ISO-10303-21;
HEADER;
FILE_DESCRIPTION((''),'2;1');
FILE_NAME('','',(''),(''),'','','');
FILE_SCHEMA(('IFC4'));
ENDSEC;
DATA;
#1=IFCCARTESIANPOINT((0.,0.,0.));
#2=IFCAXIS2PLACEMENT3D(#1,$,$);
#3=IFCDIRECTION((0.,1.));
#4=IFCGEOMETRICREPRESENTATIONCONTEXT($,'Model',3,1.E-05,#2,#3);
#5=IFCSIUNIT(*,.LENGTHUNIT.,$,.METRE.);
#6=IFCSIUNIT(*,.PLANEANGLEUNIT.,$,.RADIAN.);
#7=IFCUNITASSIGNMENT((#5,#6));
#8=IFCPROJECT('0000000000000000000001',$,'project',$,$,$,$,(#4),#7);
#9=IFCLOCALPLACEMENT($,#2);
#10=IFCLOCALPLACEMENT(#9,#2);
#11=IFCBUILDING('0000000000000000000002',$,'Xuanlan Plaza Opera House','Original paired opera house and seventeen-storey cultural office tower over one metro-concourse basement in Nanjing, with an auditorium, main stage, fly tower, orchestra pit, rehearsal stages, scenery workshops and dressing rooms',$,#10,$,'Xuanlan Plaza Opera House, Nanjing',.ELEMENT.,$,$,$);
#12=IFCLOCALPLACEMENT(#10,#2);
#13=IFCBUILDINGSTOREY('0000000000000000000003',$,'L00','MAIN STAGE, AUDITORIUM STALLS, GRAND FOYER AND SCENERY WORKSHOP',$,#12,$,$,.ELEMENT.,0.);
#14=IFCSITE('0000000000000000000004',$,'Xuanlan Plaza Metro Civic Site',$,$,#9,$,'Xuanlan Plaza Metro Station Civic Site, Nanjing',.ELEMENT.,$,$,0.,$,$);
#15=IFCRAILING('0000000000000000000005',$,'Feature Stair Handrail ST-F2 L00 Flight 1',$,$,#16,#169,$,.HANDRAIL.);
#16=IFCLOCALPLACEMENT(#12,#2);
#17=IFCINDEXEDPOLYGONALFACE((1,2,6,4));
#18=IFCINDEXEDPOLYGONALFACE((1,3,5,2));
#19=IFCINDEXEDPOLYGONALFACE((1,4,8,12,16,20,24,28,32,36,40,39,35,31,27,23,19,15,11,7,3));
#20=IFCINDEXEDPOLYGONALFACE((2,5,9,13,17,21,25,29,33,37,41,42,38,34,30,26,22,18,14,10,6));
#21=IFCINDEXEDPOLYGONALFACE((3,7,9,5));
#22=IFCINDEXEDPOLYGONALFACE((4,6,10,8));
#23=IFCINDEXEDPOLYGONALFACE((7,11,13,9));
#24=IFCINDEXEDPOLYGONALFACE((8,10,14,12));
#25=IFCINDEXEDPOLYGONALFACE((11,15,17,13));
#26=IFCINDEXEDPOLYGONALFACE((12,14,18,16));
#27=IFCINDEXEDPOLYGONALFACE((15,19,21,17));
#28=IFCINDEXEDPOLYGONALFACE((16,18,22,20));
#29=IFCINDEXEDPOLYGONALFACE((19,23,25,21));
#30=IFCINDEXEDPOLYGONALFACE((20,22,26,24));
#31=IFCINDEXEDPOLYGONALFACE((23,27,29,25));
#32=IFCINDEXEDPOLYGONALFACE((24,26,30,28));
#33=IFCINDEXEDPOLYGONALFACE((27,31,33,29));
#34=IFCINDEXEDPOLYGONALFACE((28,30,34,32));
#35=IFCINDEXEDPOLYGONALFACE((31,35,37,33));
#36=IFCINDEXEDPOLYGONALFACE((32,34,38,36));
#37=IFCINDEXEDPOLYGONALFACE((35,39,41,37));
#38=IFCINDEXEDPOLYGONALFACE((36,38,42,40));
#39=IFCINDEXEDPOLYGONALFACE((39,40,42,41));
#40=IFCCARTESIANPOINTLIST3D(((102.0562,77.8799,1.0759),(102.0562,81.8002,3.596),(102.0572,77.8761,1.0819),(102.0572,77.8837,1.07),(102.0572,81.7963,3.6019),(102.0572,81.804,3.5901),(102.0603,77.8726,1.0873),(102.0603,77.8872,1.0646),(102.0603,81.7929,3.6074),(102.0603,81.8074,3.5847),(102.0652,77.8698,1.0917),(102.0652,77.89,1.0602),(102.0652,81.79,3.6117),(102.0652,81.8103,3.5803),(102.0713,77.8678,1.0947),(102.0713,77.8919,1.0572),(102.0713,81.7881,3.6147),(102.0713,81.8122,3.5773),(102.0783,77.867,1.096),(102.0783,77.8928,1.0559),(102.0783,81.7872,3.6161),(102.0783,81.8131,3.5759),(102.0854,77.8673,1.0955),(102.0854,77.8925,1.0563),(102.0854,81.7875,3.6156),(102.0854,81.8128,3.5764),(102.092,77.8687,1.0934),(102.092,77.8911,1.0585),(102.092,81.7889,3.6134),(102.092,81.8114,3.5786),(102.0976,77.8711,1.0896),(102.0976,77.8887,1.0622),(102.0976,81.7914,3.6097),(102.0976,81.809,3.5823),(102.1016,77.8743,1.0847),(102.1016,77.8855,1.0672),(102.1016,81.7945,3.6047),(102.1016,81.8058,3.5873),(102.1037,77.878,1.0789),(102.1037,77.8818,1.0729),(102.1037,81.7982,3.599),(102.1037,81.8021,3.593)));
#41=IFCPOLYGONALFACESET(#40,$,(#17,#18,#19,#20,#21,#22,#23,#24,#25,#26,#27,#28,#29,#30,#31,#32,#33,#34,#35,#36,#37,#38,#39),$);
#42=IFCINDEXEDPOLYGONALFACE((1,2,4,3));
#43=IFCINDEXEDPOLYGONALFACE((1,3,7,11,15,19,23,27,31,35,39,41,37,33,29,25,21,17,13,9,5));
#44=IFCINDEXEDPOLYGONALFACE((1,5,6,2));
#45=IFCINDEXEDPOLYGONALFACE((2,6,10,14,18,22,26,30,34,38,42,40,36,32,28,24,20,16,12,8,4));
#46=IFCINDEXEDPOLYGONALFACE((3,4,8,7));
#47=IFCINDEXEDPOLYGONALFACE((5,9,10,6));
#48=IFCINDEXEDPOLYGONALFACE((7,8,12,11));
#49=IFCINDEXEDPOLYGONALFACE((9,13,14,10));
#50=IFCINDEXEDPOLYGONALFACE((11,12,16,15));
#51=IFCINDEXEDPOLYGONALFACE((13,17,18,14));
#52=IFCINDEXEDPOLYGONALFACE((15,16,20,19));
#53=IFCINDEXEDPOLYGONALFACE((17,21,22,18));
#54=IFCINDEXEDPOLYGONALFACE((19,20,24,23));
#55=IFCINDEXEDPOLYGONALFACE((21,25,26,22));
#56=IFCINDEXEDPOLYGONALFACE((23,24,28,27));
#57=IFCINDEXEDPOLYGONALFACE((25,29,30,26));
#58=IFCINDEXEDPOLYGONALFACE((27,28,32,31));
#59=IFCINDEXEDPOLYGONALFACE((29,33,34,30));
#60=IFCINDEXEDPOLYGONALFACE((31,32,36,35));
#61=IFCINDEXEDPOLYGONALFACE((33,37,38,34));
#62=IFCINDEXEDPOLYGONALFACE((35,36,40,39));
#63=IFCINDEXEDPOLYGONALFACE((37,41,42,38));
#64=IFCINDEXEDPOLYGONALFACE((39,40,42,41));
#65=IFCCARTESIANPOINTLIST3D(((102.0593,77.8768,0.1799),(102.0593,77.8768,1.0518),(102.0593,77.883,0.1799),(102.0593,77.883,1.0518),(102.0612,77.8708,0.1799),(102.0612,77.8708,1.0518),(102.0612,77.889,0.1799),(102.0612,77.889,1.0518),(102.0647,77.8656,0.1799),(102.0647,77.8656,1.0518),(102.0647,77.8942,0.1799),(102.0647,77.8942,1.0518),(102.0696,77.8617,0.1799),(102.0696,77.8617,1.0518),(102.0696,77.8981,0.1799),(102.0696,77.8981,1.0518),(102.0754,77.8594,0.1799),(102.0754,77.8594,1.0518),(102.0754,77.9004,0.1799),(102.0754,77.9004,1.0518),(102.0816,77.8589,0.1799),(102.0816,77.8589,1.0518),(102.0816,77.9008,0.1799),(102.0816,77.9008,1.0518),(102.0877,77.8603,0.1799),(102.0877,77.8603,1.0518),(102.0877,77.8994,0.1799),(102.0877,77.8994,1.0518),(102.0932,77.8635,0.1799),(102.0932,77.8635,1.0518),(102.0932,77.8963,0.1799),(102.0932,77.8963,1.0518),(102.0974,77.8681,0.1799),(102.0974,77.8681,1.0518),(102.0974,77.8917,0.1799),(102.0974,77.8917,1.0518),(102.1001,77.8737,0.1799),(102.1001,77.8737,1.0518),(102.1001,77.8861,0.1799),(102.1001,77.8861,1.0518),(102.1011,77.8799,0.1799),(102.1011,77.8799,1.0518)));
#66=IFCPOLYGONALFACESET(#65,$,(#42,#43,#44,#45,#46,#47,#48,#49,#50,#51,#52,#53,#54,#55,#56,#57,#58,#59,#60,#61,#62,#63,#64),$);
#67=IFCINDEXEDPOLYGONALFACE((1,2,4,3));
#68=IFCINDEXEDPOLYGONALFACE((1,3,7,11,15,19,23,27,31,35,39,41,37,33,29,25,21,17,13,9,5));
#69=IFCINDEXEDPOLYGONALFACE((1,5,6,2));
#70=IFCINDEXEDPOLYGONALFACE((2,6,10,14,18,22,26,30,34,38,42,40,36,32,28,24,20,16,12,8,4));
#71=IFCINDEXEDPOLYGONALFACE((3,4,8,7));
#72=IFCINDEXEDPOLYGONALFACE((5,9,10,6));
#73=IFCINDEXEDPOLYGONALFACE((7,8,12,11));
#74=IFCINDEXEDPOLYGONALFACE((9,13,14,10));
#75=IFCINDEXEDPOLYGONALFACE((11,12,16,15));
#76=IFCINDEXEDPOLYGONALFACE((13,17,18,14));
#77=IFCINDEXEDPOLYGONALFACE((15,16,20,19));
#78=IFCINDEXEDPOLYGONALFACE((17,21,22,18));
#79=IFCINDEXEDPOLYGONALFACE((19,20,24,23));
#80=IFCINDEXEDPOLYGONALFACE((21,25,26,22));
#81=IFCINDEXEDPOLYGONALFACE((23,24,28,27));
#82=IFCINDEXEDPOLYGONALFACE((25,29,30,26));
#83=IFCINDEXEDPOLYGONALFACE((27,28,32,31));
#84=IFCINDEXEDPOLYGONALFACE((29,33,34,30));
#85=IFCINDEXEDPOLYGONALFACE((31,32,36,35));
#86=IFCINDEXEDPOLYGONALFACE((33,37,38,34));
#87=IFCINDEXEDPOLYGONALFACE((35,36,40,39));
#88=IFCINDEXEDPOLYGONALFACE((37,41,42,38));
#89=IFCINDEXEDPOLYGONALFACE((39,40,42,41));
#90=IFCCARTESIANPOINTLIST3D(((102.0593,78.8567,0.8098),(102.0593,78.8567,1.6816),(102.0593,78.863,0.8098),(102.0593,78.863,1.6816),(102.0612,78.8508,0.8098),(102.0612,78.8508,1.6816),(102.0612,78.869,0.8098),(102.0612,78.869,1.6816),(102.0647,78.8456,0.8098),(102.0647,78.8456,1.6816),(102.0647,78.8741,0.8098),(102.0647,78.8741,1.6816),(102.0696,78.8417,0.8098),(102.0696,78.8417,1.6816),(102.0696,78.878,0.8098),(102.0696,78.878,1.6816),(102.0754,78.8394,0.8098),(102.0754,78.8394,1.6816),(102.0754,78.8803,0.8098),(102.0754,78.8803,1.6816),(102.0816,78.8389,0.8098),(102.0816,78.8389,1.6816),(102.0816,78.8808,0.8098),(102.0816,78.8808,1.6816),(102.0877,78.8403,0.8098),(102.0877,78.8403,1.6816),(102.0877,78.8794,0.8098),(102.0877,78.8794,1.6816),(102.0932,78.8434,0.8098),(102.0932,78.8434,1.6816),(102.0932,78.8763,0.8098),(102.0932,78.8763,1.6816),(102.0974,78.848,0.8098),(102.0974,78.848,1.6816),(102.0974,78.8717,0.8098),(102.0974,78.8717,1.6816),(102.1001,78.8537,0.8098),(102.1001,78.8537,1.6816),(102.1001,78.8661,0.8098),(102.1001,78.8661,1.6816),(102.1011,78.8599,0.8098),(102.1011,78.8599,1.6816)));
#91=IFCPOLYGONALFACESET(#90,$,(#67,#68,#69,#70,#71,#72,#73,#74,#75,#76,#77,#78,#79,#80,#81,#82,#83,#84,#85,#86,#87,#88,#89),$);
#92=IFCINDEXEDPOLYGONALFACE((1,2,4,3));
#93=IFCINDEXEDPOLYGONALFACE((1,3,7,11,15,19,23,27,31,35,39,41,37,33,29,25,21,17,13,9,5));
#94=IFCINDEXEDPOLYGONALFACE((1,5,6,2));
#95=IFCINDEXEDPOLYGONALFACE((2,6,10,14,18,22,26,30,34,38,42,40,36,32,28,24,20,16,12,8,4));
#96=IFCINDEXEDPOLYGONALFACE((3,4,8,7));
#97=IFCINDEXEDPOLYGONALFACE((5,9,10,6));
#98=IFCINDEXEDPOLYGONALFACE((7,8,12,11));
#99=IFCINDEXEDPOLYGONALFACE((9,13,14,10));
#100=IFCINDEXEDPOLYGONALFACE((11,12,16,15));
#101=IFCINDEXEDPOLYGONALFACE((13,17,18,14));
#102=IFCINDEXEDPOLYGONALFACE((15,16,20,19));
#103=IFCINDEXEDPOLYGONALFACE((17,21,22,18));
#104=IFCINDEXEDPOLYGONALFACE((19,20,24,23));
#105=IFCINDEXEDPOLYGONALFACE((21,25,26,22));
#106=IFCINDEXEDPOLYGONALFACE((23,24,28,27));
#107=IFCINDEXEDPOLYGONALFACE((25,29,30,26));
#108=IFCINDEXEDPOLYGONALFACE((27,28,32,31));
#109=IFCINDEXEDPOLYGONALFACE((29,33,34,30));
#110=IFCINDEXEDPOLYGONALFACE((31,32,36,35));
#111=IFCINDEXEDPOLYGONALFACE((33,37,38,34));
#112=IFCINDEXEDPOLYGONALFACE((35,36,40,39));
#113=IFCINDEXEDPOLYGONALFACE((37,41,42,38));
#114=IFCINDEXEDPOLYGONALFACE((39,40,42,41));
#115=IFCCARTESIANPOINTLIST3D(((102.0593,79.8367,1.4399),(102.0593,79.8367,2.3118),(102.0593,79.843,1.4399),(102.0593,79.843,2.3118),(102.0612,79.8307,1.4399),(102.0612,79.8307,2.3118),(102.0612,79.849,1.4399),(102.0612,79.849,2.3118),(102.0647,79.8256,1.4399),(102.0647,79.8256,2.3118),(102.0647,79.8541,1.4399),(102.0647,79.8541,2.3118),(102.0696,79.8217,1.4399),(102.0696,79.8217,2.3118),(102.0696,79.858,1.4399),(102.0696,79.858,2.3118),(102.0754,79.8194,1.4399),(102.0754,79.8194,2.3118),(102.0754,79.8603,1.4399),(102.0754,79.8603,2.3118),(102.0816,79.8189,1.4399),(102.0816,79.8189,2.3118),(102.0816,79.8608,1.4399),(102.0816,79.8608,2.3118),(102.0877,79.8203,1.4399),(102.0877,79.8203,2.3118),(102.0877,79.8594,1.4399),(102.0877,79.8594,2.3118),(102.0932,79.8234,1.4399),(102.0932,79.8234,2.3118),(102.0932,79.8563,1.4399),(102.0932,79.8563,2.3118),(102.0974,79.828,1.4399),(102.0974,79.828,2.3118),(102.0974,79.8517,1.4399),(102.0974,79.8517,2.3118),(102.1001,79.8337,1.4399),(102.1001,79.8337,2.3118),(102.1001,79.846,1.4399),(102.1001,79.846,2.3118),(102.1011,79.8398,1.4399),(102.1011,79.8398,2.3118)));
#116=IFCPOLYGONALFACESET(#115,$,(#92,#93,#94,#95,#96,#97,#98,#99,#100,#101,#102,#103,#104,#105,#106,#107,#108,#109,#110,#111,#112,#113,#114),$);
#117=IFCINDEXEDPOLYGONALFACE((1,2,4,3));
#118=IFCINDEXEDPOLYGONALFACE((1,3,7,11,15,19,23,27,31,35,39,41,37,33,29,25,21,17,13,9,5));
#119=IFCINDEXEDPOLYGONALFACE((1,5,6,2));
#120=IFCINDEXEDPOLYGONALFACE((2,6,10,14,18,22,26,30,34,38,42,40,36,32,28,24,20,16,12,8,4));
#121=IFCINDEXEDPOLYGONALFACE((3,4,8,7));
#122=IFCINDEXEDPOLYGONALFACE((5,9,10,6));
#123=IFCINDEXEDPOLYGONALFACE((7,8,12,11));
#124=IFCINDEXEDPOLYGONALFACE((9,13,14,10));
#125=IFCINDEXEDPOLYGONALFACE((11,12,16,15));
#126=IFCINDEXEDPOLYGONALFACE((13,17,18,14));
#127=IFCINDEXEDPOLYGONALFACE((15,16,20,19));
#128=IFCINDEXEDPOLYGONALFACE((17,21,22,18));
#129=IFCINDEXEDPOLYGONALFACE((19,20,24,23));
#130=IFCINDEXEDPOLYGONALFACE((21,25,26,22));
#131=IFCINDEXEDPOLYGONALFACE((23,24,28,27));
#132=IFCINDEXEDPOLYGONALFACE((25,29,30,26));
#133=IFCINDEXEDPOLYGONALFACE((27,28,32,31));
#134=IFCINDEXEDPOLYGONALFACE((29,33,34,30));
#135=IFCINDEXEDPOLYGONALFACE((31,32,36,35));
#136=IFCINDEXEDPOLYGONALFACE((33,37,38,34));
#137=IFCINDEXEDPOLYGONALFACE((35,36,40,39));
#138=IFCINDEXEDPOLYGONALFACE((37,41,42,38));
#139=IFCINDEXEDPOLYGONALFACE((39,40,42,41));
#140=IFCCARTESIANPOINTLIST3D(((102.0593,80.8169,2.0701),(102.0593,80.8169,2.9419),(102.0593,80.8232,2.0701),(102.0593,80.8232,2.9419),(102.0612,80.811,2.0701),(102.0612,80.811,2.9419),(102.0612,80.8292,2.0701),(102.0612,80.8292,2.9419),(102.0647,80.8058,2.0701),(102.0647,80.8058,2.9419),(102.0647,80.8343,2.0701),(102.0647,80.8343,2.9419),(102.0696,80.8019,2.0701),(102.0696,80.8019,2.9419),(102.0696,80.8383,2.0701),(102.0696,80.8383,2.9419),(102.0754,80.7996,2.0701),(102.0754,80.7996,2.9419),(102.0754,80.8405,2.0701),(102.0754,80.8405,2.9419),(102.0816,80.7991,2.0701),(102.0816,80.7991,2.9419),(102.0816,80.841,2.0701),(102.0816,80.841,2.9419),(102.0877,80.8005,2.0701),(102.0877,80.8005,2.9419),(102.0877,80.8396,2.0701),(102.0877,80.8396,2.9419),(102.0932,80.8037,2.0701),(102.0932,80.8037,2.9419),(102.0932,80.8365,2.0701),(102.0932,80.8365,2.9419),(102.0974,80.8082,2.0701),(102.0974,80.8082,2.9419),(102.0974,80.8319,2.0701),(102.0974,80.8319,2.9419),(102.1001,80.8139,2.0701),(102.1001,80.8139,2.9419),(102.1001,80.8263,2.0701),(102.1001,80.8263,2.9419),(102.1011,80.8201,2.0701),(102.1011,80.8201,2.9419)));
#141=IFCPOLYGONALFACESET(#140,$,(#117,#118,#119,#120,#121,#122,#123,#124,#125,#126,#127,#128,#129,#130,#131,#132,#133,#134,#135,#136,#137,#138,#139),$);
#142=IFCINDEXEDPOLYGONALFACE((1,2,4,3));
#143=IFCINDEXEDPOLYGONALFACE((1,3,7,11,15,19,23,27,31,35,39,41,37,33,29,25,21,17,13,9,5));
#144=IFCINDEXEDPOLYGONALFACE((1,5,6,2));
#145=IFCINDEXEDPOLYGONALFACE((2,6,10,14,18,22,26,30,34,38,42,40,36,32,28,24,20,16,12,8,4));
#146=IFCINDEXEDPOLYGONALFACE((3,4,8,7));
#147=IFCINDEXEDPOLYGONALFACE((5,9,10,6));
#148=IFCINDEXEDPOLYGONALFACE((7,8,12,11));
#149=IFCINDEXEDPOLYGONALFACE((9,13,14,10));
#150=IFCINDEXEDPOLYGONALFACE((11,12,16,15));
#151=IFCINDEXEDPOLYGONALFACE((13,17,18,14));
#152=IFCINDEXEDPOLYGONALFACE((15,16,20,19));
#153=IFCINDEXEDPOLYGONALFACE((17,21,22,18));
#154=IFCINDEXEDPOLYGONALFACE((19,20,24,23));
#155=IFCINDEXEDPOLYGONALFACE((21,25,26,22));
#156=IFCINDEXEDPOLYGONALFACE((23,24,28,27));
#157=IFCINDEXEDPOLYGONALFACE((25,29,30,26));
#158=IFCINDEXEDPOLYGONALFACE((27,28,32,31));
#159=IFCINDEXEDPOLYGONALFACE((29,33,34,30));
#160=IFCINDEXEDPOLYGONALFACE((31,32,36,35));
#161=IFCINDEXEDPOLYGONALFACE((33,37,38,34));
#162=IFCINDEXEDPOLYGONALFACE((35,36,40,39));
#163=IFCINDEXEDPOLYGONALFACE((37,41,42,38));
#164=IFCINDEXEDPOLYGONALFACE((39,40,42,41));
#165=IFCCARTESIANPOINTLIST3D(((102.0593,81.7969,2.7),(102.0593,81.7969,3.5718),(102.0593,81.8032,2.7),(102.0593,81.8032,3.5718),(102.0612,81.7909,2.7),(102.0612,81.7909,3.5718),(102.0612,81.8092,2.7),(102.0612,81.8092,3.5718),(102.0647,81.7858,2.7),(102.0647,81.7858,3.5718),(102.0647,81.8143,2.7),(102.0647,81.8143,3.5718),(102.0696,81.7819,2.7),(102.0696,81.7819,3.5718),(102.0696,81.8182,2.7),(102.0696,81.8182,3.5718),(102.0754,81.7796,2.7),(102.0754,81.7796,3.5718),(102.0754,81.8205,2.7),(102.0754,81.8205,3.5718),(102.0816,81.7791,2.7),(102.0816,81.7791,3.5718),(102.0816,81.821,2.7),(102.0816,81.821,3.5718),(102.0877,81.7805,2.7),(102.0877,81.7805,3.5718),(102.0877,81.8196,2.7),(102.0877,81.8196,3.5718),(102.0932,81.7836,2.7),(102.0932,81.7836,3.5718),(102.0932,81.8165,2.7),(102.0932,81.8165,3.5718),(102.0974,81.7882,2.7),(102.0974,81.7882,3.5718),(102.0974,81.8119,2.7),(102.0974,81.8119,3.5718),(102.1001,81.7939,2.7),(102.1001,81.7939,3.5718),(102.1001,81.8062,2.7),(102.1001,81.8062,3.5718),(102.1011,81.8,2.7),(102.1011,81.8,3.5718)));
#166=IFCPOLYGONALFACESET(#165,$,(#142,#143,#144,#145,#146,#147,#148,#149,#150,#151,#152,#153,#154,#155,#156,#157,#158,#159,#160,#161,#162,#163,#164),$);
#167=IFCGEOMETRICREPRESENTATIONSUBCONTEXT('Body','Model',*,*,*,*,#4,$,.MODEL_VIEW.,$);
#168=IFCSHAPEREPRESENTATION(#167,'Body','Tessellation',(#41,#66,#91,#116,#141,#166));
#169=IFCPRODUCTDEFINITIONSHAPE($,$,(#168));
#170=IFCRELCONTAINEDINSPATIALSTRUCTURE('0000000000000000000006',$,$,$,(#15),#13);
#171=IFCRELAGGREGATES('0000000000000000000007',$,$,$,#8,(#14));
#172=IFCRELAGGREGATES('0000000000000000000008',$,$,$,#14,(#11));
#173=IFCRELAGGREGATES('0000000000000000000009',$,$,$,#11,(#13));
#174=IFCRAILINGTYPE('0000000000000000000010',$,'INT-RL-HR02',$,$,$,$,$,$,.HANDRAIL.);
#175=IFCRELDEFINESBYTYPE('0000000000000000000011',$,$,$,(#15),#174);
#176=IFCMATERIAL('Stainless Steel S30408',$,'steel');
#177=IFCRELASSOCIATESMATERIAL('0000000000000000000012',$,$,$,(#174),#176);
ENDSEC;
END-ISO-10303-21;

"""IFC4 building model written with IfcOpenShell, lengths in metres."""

from ifc_helpers import new_model, si_unit, direction, frame, origin, origin_2d, place, context, subcontext, project, spatial, circle, extrude, material, type_object, element, save


model = new_model("IFC4")

# Units and contexts
model_context = context("Model", 3, precision=1e-05, world=origin(), true_north=direction((0.0, 1.0)))
body_context = subcontext(model_context, "Body", "Model", "MODEL_VIEW")
ifc_project = project(units=[si_unit("LENGTHUNIT", "METRE"), si_unit("PLANEANGLEUNIT", "RADIAN")], contexts=[model_context])

# Site, building, storey
site_placement = place(None, origin())
site = spatial("IfcSite", under=ifc_project, at=site_placement, Name="Xuanlan Plaza Metro Civic Site", LongName="Xuanlan Plaza Metro Station Civic Site, Nanjing", CompositionType="ELEMENT", RefElevation=0.0)
building_placement = place(site_placement, origin())
building = spatial("IfcBuilding", under=site, at=building_placement, Name="Xuanlan Plaza Opera House", Description="Original paired opera house and seventeen-storey cultural office tower over one metro-concourse basement in Nanjing, with an auditorium, main stage, fly tower, orchestra pit, rehearsal stages, scenery workshops and dressing rooms", LongName="Xuanlan Plaza Opera House, Nanjing", CompositionType="ELEMENT")
storey_placement = place(building_placement, origin())
storey = spatial("IfcBuildingStorey", under=building, at=storey_placement, Name="L00", Description="MAIN STAGE, AUDITORIUM STALLS, GRAND FOYER AND SCENERY WORKSHOP", CompositionType="ELEMENT", Elevation=0.0)

# Railing
ifc_material_1 = material(Name="Stainless Steel S30408", Category="steel")
railing_type = type_object("IfcRailingType", Name="INT-RL-HR02", PredefinedType="HANDRAIL", material=ifc_material_1)
railing_placement = place(storey_placement, frame((102.0801, 77.8799, 0.1799)))
element("IfcRailing", 1, at=railing_placement, inside=storey, type_object=railing_type, Name="Feature Stair Handrail ST-F2 L00 Flight 1", PredefinedType="HANDRAIL", context=body_context, shape_type="SweptSolid", body=[
    extrude(circle(Radius=0.0239, at=origin_2d()), frame((0.0, 0.0, 0.896), z_axis=(0.0, 0.841187, 0.540744), x_axis=(-1.0, 0.0, 0.0)), (0.0, 0.0, 1.0), 4.6604),
    extrude(circle(Radius=0.021, at=origin_2d()), origin(), (0.0, 0.0, 1.0), 0.8718),
    extrude(circle(Radius=0.021, at=origin_2d()), frame((0.0, 0.98, 0.6299)), (0.0, 0.0, 1.0), 0.8718),
    extrude(circle(Radius=0.021, at=origin_2d()), frame((0.0, 1.96, 1.26)), (0.0, 0.0, 1.0), 0.8718),
    extrude(circle(Radius=0.021, at=origin_2d()), frame((0.0, 2.9402, 1.8901)), (0.0, 0.0, 1.0), 0.8718),
    extrude(circle(Radius=0.021, at=origin_2d()), frame((0.0, 3.9202, 2.52)), (0.0, 0.0, 1.0), 0.8718),
])

save(model, "model.ifc")
